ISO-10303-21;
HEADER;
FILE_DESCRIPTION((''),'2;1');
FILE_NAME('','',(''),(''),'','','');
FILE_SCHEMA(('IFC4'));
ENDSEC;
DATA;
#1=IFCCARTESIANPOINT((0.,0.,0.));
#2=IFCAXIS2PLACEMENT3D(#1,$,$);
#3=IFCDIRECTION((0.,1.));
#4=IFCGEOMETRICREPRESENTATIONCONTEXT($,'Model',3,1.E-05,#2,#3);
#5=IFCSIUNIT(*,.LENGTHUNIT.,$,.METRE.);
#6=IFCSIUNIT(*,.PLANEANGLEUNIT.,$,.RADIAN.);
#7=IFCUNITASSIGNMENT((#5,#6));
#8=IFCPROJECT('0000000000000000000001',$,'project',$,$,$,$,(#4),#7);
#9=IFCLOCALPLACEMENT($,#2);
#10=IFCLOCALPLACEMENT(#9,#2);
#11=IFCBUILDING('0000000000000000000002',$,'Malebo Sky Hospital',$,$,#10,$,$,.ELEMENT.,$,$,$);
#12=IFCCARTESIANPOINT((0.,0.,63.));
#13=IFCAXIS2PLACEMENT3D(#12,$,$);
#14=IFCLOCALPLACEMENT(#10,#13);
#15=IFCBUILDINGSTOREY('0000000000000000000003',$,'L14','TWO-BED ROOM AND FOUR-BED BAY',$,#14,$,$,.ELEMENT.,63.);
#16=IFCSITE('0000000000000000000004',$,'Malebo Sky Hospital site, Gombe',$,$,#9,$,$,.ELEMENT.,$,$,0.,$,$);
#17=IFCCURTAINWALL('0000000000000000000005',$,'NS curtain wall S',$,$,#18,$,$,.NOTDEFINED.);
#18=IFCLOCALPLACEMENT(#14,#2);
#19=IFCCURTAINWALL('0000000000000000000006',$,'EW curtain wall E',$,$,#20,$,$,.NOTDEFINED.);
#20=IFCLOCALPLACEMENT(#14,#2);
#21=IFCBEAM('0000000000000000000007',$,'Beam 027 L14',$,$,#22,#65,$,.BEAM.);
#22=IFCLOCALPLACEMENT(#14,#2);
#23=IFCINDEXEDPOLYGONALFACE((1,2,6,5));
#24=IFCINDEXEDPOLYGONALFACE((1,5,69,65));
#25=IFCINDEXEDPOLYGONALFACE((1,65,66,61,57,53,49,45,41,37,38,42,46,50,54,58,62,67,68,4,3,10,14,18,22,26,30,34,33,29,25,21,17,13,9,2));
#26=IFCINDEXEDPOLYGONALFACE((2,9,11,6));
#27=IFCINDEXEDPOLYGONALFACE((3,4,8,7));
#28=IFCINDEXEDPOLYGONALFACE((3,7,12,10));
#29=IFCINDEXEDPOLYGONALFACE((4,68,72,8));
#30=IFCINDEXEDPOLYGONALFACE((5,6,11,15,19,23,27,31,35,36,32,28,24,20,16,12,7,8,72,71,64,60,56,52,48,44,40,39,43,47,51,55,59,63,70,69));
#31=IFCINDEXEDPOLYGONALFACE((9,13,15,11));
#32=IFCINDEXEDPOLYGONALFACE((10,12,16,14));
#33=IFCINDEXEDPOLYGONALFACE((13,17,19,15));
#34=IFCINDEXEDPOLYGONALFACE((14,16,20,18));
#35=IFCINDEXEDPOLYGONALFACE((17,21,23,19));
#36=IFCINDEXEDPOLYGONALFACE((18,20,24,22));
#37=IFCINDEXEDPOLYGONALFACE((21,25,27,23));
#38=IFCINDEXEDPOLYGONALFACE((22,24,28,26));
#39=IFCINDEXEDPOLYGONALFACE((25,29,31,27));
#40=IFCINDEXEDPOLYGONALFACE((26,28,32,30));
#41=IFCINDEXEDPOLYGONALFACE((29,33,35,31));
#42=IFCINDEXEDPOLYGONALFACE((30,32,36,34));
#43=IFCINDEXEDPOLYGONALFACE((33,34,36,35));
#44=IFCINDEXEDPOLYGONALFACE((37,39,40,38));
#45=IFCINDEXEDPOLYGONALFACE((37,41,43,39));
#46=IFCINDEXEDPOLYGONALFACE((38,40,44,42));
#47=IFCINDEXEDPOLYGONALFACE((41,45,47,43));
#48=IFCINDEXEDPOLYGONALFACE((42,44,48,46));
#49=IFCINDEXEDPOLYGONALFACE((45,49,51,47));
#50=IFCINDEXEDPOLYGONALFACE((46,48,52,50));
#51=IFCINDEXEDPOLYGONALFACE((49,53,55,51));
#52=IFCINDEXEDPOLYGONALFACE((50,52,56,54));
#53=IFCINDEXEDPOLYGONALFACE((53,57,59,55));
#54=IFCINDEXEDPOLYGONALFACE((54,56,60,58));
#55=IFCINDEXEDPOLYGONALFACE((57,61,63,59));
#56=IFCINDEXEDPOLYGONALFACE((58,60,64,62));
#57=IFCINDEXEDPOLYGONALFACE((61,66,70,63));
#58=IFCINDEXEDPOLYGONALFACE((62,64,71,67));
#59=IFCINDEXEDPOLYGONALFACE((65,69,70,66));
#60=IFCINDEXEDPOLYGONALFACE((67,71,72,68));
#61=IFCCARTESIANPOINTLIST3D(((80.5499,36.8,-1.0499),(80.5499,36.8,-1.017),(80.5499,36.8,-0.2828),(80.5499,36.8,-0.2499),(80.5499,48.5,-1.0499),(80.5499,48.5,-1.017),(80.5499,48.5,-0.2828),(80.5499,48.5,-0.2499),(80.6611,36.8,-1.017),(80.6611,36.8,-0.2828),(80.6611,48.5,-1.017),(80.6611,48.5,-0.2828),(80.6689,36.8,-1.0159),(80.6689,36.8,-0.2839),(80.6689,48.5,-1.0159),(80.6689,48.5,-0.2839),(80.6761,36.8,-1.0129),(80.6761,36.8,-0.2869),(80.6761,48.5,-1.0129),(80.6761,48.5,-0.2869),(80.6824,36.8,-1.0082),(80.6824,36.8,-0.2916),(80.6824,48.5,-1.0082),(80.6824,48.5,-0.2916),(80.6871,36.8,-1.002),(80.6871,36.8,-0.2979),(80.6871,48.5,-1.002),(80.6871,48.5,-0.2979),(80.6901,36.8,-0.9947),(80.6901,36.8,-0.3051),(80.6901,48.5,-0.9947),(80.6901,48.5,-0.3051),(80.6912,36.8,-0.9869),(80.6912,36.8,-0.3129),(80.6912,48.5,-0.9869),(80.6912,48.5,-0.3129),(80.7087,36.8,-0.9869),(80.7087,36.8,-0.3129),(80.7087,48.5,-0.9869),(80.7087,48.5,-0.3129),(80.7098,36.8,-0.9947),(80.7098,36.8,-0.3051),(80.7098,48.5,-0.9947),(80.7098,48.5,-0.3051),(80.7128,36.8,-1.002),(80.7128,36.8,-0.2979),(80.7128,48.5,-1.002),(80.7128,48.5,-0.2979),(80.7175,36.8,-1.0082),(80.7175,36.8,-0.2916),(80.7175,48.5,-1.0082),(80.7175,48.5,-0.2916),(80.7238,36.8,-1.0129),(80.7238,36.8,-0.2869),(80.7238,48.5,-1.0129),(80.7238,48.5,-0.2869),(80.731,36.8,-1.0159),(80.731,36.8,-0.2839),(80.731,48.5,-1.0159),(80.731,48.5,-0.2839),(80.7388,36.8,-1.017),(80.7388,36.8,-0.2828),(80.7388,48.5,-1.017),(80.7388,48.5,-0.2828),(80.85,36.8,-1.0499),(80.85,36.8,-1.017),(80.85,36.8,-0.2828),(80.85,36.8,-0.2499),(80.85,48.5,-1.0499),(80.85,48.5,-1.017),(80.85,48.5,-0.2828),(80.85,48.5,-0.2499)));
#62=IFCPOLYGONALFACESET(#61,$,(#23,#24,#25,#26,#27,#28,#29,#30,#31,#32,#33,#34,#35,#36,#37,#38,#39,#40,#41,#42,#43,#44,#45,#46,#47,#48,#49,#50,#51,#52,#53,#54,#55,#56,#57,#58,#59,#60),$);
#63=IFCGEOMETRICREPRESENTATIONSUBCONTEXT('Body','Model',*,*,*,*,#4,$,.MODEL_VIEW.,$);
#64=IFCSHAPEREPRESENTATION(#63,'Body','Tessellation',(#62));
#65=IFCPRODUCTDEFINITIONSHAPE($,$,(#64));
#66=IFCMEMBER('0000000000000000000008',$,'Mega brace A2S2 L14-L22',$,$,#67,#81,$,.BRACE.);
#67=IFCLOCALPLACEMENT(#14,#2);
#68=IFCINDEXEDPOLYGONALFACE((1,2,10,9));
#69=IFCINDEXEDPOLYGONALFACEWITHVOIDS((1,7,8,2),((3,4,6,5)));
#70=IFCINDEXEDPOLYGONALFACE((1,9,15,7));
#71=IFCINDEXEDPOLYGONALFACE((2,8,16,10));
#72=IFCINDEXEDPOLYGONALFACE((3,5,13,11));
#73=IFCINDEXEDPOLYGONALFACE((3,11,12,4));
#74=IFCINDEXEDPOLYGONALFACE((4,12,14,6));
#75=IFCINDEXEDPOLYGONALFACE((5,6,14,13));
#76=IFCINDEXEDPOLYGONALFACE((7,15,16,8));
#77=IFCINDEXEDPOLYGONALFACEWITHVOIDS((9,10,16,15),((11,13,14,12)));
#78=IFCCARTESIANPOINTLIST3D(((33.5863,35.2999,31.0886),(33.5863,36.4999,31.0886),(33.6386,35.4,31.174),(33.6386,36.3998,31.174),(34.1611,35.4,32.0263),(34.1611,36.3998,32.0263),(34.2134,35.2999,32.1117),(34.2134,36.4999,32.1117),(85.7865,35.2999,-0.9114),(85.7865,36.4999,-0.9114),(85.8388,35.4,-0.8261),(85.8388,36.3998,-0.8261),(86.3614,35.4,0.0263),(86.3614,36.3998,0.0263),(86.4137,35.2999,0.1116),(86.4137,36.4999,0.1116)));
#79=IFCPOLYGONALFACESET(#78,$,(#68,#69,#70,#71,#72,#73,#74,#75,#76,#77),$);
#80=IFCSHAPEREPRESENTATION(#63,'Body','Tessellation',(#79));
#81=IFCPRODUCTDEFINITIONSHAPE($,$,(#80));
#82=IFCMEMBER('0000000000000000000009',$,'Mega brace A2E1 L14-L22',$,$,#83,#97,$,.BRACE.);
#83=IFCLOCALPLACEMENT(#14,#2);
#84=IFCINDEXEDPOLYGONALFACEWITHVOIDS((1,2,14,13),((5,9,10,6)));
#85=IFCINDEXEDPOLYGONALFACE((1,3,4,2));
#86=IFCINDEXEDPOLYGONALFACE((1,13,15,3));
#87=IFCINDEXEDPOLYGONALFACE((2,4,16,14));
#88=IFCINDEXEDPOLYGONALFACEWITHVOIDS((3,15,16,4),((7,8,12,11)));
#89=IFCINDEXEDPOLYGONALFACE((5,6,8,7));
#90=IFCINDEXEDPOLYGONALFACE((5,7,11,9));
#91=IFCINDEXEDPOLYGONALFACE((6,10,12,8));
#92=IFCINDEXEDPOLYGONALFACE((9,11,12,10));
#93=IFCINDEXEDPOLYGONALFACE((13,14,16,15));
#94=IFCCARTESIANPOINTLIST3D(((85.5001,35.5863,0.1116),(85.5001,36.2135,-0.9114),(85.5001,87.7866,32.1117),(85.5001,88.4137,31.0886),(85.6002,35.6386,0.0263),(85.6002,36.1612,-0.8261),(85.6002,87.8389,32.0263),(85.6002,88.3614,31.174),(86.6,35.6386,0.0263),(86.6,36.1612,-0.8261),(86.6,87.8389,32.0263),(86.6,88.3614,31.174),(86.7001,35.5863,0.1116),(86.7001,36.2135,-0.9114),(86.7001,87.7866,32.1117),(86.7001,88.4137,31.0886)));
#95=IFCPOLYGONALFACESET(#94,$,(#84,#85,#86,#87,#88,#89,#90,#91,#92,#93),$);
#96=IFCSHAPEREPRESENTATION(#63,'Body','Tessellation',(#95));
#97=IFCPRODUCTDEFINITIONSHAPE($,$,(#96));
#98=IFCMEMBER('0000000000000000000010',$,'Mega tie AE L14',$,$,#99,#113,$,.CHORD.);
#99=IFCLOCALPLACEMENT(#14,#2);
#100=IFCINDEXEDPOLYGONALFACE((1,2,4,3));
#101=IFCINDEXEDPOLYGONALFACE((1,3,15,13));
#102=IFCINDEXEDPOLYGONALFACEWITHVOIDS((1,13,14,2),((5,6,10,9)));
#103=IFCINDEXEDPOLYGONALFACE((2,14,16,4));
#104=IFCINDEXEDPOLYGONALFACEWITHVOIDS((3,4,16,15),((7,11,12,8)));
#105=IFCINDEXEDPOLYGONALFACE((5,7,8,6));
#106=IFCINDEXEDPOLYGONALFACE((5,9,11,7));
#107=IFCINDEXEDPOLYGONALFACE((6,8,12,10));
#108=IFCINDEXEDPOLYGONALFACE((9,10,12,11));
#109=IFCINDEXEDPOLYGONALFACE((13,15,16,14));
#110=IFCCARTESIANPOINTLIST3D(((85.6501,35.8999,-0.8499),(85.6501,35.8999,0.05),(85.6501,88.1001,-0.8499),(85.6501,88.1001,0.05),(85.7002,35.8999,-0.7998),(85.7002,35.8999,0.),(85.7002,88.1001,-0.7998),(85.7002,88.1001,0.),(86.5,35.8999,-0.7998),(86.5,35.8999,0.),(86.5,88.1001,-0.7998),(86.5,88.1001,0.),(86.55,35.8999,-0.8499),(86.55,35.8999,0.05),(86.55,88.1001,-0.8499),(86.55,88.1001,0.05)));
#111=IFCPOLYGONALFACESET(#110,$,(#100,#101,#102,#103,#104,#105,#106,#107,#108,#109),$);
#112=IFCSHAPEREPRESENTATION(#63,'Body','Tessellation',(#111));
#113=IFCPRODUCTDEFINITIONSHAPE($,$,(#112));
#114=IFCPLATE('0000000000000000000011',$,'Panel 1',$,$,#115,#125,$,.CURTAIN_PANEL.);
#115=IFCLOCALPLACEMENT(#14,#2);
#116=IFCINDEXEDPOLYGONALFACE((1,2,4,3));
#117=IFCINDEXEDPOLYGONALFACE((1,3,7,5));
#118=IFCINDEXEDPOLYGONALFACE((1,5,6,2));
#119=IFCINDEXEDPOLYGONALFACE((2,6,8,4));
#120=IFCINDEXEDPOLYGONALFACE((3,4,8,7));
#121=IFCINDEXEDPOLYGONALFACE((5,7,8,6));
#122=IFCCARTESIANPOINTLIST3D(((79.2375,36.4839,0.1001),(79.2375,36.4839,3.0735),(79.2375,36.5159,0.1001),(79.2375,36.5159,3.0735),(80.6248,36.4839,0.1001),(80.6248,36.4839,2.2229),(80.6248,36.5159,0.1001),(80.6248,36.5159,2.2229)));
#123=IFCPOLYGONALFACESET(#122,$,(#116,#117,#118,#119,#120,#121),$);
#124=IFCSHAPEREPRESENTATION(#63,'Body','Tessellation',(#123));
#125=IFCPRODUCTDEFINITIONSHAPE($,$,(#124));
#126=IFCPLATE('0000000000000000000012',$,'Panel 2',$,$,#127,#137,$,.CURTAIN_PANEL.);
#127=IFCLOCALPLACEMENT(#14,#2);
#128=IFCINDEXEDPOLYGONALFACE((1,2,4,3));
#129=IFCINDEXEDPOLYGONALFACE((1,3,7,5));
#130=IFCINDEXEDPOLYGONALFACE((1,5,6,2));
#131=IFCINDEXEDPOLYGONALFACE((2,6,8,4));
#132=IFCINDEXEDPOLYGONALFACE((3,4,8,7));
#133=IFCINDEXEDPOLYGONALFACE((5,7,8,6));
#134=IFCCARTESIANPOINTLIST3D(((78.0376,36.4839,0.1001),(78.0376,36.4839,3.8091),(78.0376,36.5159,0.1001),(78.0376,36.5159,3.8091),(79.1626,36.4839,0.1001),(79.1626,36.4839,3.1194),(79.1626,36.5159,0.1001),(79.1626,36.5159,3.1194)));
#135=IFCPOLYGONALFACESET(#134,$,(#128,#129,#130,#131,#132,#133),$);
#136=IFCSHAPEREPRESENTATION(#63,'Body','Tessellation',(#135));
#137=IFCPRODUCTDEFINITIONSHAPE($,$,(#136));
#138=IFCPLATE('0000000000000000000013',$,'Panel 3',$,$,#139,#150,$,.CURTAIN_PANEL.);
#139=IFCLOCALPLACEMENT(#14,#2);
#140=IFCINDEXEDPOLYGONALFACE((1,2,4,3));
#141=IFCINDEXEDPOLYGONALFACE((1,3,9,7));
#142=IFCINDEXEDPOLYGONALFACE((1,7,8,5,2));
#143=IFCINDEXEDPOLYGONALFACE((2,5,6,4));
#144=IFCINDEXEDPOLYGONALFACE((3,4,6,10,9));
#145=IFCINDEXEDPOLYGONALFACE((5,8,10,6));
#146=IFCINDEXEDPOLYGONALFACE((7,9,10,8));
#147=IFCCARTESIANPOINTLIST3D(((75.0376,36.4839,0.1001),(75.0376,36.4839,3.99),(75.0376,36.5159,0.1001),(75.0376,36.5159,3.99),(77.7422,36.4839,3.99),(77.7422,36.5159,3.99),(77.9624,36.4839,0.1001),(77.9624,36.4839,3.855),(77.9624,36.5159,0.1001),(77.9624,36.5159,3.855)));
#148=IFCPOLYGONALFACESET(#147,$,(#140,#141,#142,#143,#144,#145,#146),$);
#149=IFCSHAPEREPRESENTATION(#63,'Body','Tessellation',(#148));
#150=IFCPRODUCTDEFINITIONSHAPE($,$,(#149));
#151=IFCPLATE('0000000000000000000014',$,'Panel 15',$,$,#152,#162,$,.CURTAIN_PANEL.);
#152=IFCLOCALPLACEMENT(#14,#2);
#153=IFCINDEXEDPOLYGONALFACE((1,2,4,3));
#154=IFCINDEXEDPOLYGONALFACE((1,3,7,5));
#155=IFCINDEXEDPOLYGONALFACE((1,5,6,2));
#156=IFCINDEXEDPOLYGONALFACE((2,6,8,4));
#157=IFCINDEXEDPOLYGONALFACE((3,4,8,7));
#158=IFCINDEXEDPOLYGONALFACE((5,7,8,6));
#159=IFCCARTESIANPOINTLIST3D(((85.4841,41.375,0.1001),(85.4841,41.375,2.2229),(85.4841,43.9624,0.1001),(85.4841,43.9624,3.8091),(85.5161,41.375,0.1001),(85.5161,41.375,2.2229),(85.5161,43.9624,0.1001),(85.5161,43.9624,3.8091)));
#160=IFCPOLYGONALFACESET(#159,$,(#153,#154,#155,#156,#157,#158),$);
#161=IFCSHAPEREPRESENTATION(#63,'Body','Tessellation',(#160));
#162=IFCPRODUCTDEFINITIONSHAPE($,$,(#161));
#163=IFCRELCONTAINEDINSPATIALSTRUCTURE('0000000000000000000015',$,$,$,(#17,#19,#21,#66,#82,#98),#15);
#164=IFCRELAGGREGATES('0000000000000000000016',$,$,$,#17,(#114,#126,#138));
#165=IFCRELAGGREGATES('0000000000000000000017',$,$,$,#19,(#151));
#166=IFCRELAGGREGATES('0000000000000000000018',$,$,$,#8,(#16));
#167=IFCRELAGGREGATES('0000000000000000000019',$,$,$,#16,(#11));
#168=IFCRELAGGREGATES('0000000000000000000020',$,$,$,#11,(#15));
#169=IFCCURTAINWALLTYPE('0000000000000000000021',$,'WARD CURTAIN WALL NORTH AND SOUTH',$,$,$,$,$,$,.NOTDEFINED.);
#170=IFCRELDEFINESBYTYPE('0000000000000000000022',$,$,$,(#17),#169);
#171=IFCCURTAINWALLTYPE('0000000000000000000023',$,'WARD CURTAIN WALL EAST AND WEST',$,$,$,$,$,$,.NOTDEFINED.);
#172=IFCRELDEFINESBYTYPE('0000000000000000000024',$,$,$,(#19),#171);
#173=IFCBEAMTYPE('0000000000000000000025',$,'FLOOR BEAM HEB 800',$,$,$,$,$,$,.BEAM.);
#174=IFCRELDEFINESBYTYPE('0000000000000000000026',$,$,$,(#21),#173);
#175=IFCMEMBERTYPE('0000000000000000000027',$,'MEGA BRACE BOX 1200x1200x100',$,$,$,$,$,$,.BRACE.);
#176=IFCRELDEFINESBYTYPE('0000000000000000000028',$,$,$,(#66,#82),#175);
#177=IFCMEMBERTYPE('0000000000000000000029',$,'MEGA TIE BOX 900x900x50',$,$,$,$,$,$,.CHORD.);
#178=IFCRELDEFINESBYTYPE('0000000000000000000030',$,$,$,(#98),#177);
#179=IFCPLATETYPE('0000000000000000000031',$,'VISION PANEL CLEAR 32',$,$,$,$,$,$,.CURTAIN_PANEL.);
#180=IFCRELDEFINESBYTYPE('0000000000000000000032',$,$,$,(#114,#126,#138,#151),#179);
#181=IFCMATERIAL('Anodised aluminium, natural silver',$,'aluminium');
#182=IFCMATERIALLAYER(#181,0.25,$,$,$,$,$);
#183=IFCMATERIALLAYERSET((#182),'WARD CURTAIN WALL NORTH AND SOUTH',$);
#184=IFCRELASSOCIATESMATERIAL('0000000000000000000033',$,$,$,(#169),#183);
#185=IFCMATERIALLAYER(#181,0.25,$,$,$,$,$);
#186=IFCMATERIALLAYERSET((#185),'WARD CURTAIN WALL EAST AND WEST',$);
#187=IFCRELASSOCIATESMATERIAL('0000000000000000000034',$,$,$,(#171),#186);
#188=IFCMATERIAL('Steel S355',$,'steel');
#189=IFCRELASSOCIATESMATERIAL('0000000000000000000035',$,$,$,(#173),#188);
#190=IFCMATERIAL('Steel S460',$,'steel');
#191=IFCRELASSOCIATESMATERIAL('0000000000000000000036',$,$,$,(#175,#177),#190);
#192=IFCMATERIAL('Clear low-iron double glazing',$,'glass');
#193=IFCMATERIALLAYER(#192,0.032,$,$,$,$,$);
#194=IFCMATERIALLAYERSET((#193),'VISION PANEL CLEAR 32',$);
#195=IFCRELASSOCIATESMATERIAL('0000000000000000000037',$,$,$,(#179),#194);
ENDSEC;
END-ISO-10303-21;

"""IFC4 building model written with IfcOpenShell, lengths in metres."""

from ifc_helpers import new_model, si_unit, direction, frame, origin, origin_2d, place, context, subcontext, project, spatial, polyline, hollow_rectangle, i_section, outline, extrude, material, layer, layer_set, material_profile, profile_set, type_object, element, aggregate, save


model = new_model("IFC4")

# Units and contexts
model_context = context("Model", 3, precision=1e-05, world=origin(), true_north=direction((0.0, 1.0)))
body_context = subcontext(model_context, "Body", "Model", "MODEL_VIEW")
ifc_project = project(units=[si_unit("LENGTHUNIT", "METRE"), si_unit("PLANEANGLEUNIT", "RADIAN")], contexts=[model_context])

# Site, building, storey
site_placement = place(None, origin())
site = spatial("IfcSite", under=ifc_project, at=site_placement, Name="Malebo Sky Hospital site, Gombe", CompositionType="ELEMENT", RefElevation=0.0)
building_placement = place(site_placement, origin())
building = spatial("IfcBuilding", under=site, at=building_placement, Name="Malebo Sky Hospital", CompositionType="ELEMENT")
storey_placement = place(building_placement, frame((0.0, 0.0, 63.0)))
storey = spatial("IfcBuildingStorey", under=building, at=storey_placement, Name="L14", Description="TWO-BED ROOM AND FOUR-BED BAY", CompositionType="ELEMENT", Elevation=63.0)

# Shared definitions
ifc_material_1 = material(Name="Steel S460", Category="steel")

# Curtain wall
ifc_material_2 = material(Name="Anodised aluminium, natural silver", Category="aluminium")
ifc_layer_1 = layer(ifc_material_2, 0.25)
ifc_layer_set_1 = layer_set([ifc_layer_1], Name="WARD CURTAIN WALL NORTH AND SOUTH")
curtain_wall_type_1 = type_object("IfcCurtainWallType", Name="WARD CURTAIN WALL NORTH AND SOUTH", PredefinedType="NOTDEFINED", material=ifc_layer_set_1)
curtain_wall_1_placement = place(storey_placement, origin())
curtain_wall_1 = element("IfcCurtainWall", 1, at=curtain_wall_1_placement, inside=storey, type_object=curtain_wall_type_1, Name="NS curtain wall S", PredefinedType="NOTDEFINED")

# Curtain wall
ifc_layer_2 = layer(ifc_material_2, 0.25)
ifc_layer_set_2 = layer_set([ifc_layer_2], Name="WARD CURTAIN WALL EAST AND WEST")
curtain_wall_type_2 = type_object("IfcCurtainWallType", Name="WARD CURTAIN WALL EAST AND WEST", PredefinedType="NOTDEFINED", material=ifc_layer_set_2)
curtain_wall_2_placement = place(storey_placement, origin())
curtain_wall_2 = element("IfcCurtainWall", 2, at=curtain_wall_2_placement, inside=storey, type_object=curtain_wall_type_2, Name="EW curtain wall E", PredefinedType="NOTDEFINED")

# Beam
ifc_material_3 = material(Name="Steel S355", Category="steel")
ifc_material_profile_1 = material_profile(ifc_material_3, i_section(OverallWidth=0.3, OverallDepth=0.8, WebThickness=0.0176, FlangeThickness=0.033, FilletRadius=0.03, at=origin_2d()), Name="HEB 800")
ifc_profile_set_1 = profile_set([ifc_material_profile_1], Name="Steel S355")
beam_type_1 = type_object("IfcBeamType", Name="FLOOR BEAM HEB 800", PredefinedType="BEAM", material=ifc_profile_set_1)
beam_1_placement = place(storey_placement, frame((80.7, 36.8, -0.6499), z_axis=(0.0, 1.0, 0.0), x_axis=(-1.0, 0.0, 0.0)))
element("IfcBeam", 3, at=beam_1_placement, inside=storey, type_object=beam_type_1, Name="Beam 027 L14", PredefinedType="BEAM", context=body_context, shape_type="SweptSolid", body=[
    extrude(i_section(OverallWidth=0.3, OverallDepth=0.8, WebThickness=0.0176, FlangeThickness=0.033, FilletRadius=0.03, at=origin_2d()), origin(), (0.0, 0.0, 1.0), 11.7),
])

# Members
ifc_material_profile_2 = material_profile(ifc_material_1, hollow_rectangle(XDim=1.2, YDim=1.2, WallThickness=0.1001, at=origin_2d()), Name="BOX 1200x1200x100")
ifc_profile_set_2 = profile_set([ifc_material_profile_2], Name="Steel S460")
member_type_1 = type_object("IfcMemberType", Name="MEGA BRACE BOX 1200x1200x100", PredefinedType="BRACE", material=ifc_profile_set_2)
for number, where, z_axis, x_axis, name in (
    (4, (86.1001, 35.8999, -0.3999), (-0.852555, 0.0, 0.522637), (0.0, -1.0, 0.0), "Mega brace A2S2 L14-L22"),
    (5, (86.1001, 35.8999, -0.3999), (0.0, 0.852555, 0.522637), (-1.0, 0.0, 0.0), "Mega brace A2E1 L14-L22"),
):
    element("IfcMember", number, at=place(storey_placement, frame(where, z_axis=z_axis, x_axis=x_axis)), inside=storey, type_object=member_type_1, Name=name, PredefinedType="BRACE", context=body_context, shape_type="SweptSolid", body=[
        extrude(hollow_rectangle(XDim=1.2, YDim=1.2, WallThickness=0.1001, at=origin_2d()), origin(), (0.0, 0.0, 1.0), 61.228),
    ])
ifc_material_profile_3 = material_profile(ifc_material_1, hollow_rectangle(XDim=0.8999, YDim=0.8999, WallThickness=0.05, at=origin_2d()), Name="BOX 900x900x50")
ifc_profile_set_3 = profile_set([ifc_material_profile_3], Name="Steel S460")
member_type_2 = type_object("IfcMemberType", Name="MEGA TIE BOX 900x900x50", PredefinedType="CHORD", material=ifc_profile_set_3)
member_1_placement = place(storey_placement, frame((86.1001, 35.8999, -0.3999), z_axis=(0.0, 1.0, 0.0), x_axis=(-1.0, 0.0, 0.0)))
element("IfcMember", 6, at=member_1_placement, inside=storey, type_object=member_type_2, Name="Mega tie AE L14", PredefinedType="CHORD", context=body_context, shape_type="SweptSolid", body=[
    extrude(hollow_rectangle(XDim=0.8999, YDim=0.8999, WallThickness=0.05, at=origin_2d()), origin(), (0.0, 0.0, 1.0), 52.2002),
])

# Plates
ifc_material_4 = material(Name="Clear low-iron double glazing", Category="glass")
ifc_layer_3 = layer(ifc_material_4, 0.032)
ifc_layer_set_3 = layer_set([ifc_layer_3], Name="VISION PANEL CLEAR 32")
plate_type = type_object("IfcPlateType", Name="VISION PANEL CLEAR 32", PredefinedType="CURTAIN_PANEL", material=ifc_layer_set_3)
plate_1_placement = place(storey_placement, frame((79.9312, 36.5, 0.1001), z_axis=(0.0, 0.0, 1.0), x_axis=(-1.0, 0.0, 0.0)))
plate_1 = element("IfcPlate", 7, at=plate_1_placement, type_object=plate_type, Name="Panel 1", PredefinedType="CURTAIN_PANEL", context=body_context, shape_type="SweptSolid", body=[
    extrude(outline(polyline([(-0.6936, 0.0), (0.6936, 0.0), (0.6936, 2.9734), (-0.6936, 2.1228), (-0.6936, 0.0)])), frame((0.0, 0.0161, 0.0), z_axis=(0.0, -1.0, 0.0), x_axis=(1.0, 0.0, 0.0)), (0.0, 0.0, 1.0), 0.032),
])
plate_2_placement = place(storey_placement, frame((78.6001, 36.5, 0.1001), z_axis=(0.0, 0.0, 1.0), x_axis=(-1.0, 0.0, 0.0)))
plate_2 = element("IfcPlate", 8, at=plate_2_placement, type_object=plate_type, Name="Panel 2", PredefinedType="CURTAIN_PANEL", context=body_context, shape_type="SweptSolid", body=[
    extrude(outline(polyline([(-0.5625, 0.0), (0.5625, 0.0), (0.5625, 3.709), (-0.5625, 3.0193), (-0.5625, 0.0)])), frame((0.0, 0.0161, 0.0), z_axis=(0.0, -1.0, 0.0), x_axis=(1.0, 0.0, 0.0)), (0.0, 0.0, 1.0), 0.032),
])
plate_3_placement = place(storey_placement, frame((76.5, 36.5, 0.1001), z_axis=(0.0, 0.0, 1.0), x_axis=(-1.0, 0.0, 0.0)))
plate_3 = element("IfcPlate", 9, at=plate_3_placement, type_object=plate_type, Name="Panel 3", PredefinedType="CURTAIN_PANEL", context=body_context, shape_type="SweptSolid", body=[
    extrude(outline(polyline([(-1.4624, 0.0), (1.4624, 0.0), (1.4624, 3.8899), (-1.2422, 3.8899), (-1.4624, 3.7549), (-1.4624, 0.0)])), frame((0.0, 0.0161, 0.0), z_axis=(0.0, -1.0, 0.0), x_axis=(1.0, 0.0, 0.0)), (0.0, 0.0, 1.0), 0.032),
])
aggregate(curtain_wall_1, [plate_1, plate_2, plate_3])
plate_4_placement = place(storey_placement, frame((85.5, 42.6687, 0.1001), z_axis=(0.0, 0.0, 1.0), x_axis=(0.0, -1.0, 0.0)))
plate_4 = element("IfcPlate", 10, at=plate_4_placement, type_object=plate_type, Name="Panel 15", PredefinedType="CURTAIN_PANEL", context=body_context, shape_type="SweptSolid", body=[
    extrude(outline(polyline([(-1.2937, 0.0), (1.2937, 0.0), (1.2937, 2.1228), (-1.2937, 3.709), (-1.2937, 0.0)])), frame((0.0, 0.0161, 0.0), z_axis=(0.0, -1.0, 0.0), x_axis=(1.0, 0.0, 0.0)), (0.0, 0.0, 1.0), 0.032),
])
aggregate(curtain_wall_2, [plate_4])

save(model, "model.ifc")
